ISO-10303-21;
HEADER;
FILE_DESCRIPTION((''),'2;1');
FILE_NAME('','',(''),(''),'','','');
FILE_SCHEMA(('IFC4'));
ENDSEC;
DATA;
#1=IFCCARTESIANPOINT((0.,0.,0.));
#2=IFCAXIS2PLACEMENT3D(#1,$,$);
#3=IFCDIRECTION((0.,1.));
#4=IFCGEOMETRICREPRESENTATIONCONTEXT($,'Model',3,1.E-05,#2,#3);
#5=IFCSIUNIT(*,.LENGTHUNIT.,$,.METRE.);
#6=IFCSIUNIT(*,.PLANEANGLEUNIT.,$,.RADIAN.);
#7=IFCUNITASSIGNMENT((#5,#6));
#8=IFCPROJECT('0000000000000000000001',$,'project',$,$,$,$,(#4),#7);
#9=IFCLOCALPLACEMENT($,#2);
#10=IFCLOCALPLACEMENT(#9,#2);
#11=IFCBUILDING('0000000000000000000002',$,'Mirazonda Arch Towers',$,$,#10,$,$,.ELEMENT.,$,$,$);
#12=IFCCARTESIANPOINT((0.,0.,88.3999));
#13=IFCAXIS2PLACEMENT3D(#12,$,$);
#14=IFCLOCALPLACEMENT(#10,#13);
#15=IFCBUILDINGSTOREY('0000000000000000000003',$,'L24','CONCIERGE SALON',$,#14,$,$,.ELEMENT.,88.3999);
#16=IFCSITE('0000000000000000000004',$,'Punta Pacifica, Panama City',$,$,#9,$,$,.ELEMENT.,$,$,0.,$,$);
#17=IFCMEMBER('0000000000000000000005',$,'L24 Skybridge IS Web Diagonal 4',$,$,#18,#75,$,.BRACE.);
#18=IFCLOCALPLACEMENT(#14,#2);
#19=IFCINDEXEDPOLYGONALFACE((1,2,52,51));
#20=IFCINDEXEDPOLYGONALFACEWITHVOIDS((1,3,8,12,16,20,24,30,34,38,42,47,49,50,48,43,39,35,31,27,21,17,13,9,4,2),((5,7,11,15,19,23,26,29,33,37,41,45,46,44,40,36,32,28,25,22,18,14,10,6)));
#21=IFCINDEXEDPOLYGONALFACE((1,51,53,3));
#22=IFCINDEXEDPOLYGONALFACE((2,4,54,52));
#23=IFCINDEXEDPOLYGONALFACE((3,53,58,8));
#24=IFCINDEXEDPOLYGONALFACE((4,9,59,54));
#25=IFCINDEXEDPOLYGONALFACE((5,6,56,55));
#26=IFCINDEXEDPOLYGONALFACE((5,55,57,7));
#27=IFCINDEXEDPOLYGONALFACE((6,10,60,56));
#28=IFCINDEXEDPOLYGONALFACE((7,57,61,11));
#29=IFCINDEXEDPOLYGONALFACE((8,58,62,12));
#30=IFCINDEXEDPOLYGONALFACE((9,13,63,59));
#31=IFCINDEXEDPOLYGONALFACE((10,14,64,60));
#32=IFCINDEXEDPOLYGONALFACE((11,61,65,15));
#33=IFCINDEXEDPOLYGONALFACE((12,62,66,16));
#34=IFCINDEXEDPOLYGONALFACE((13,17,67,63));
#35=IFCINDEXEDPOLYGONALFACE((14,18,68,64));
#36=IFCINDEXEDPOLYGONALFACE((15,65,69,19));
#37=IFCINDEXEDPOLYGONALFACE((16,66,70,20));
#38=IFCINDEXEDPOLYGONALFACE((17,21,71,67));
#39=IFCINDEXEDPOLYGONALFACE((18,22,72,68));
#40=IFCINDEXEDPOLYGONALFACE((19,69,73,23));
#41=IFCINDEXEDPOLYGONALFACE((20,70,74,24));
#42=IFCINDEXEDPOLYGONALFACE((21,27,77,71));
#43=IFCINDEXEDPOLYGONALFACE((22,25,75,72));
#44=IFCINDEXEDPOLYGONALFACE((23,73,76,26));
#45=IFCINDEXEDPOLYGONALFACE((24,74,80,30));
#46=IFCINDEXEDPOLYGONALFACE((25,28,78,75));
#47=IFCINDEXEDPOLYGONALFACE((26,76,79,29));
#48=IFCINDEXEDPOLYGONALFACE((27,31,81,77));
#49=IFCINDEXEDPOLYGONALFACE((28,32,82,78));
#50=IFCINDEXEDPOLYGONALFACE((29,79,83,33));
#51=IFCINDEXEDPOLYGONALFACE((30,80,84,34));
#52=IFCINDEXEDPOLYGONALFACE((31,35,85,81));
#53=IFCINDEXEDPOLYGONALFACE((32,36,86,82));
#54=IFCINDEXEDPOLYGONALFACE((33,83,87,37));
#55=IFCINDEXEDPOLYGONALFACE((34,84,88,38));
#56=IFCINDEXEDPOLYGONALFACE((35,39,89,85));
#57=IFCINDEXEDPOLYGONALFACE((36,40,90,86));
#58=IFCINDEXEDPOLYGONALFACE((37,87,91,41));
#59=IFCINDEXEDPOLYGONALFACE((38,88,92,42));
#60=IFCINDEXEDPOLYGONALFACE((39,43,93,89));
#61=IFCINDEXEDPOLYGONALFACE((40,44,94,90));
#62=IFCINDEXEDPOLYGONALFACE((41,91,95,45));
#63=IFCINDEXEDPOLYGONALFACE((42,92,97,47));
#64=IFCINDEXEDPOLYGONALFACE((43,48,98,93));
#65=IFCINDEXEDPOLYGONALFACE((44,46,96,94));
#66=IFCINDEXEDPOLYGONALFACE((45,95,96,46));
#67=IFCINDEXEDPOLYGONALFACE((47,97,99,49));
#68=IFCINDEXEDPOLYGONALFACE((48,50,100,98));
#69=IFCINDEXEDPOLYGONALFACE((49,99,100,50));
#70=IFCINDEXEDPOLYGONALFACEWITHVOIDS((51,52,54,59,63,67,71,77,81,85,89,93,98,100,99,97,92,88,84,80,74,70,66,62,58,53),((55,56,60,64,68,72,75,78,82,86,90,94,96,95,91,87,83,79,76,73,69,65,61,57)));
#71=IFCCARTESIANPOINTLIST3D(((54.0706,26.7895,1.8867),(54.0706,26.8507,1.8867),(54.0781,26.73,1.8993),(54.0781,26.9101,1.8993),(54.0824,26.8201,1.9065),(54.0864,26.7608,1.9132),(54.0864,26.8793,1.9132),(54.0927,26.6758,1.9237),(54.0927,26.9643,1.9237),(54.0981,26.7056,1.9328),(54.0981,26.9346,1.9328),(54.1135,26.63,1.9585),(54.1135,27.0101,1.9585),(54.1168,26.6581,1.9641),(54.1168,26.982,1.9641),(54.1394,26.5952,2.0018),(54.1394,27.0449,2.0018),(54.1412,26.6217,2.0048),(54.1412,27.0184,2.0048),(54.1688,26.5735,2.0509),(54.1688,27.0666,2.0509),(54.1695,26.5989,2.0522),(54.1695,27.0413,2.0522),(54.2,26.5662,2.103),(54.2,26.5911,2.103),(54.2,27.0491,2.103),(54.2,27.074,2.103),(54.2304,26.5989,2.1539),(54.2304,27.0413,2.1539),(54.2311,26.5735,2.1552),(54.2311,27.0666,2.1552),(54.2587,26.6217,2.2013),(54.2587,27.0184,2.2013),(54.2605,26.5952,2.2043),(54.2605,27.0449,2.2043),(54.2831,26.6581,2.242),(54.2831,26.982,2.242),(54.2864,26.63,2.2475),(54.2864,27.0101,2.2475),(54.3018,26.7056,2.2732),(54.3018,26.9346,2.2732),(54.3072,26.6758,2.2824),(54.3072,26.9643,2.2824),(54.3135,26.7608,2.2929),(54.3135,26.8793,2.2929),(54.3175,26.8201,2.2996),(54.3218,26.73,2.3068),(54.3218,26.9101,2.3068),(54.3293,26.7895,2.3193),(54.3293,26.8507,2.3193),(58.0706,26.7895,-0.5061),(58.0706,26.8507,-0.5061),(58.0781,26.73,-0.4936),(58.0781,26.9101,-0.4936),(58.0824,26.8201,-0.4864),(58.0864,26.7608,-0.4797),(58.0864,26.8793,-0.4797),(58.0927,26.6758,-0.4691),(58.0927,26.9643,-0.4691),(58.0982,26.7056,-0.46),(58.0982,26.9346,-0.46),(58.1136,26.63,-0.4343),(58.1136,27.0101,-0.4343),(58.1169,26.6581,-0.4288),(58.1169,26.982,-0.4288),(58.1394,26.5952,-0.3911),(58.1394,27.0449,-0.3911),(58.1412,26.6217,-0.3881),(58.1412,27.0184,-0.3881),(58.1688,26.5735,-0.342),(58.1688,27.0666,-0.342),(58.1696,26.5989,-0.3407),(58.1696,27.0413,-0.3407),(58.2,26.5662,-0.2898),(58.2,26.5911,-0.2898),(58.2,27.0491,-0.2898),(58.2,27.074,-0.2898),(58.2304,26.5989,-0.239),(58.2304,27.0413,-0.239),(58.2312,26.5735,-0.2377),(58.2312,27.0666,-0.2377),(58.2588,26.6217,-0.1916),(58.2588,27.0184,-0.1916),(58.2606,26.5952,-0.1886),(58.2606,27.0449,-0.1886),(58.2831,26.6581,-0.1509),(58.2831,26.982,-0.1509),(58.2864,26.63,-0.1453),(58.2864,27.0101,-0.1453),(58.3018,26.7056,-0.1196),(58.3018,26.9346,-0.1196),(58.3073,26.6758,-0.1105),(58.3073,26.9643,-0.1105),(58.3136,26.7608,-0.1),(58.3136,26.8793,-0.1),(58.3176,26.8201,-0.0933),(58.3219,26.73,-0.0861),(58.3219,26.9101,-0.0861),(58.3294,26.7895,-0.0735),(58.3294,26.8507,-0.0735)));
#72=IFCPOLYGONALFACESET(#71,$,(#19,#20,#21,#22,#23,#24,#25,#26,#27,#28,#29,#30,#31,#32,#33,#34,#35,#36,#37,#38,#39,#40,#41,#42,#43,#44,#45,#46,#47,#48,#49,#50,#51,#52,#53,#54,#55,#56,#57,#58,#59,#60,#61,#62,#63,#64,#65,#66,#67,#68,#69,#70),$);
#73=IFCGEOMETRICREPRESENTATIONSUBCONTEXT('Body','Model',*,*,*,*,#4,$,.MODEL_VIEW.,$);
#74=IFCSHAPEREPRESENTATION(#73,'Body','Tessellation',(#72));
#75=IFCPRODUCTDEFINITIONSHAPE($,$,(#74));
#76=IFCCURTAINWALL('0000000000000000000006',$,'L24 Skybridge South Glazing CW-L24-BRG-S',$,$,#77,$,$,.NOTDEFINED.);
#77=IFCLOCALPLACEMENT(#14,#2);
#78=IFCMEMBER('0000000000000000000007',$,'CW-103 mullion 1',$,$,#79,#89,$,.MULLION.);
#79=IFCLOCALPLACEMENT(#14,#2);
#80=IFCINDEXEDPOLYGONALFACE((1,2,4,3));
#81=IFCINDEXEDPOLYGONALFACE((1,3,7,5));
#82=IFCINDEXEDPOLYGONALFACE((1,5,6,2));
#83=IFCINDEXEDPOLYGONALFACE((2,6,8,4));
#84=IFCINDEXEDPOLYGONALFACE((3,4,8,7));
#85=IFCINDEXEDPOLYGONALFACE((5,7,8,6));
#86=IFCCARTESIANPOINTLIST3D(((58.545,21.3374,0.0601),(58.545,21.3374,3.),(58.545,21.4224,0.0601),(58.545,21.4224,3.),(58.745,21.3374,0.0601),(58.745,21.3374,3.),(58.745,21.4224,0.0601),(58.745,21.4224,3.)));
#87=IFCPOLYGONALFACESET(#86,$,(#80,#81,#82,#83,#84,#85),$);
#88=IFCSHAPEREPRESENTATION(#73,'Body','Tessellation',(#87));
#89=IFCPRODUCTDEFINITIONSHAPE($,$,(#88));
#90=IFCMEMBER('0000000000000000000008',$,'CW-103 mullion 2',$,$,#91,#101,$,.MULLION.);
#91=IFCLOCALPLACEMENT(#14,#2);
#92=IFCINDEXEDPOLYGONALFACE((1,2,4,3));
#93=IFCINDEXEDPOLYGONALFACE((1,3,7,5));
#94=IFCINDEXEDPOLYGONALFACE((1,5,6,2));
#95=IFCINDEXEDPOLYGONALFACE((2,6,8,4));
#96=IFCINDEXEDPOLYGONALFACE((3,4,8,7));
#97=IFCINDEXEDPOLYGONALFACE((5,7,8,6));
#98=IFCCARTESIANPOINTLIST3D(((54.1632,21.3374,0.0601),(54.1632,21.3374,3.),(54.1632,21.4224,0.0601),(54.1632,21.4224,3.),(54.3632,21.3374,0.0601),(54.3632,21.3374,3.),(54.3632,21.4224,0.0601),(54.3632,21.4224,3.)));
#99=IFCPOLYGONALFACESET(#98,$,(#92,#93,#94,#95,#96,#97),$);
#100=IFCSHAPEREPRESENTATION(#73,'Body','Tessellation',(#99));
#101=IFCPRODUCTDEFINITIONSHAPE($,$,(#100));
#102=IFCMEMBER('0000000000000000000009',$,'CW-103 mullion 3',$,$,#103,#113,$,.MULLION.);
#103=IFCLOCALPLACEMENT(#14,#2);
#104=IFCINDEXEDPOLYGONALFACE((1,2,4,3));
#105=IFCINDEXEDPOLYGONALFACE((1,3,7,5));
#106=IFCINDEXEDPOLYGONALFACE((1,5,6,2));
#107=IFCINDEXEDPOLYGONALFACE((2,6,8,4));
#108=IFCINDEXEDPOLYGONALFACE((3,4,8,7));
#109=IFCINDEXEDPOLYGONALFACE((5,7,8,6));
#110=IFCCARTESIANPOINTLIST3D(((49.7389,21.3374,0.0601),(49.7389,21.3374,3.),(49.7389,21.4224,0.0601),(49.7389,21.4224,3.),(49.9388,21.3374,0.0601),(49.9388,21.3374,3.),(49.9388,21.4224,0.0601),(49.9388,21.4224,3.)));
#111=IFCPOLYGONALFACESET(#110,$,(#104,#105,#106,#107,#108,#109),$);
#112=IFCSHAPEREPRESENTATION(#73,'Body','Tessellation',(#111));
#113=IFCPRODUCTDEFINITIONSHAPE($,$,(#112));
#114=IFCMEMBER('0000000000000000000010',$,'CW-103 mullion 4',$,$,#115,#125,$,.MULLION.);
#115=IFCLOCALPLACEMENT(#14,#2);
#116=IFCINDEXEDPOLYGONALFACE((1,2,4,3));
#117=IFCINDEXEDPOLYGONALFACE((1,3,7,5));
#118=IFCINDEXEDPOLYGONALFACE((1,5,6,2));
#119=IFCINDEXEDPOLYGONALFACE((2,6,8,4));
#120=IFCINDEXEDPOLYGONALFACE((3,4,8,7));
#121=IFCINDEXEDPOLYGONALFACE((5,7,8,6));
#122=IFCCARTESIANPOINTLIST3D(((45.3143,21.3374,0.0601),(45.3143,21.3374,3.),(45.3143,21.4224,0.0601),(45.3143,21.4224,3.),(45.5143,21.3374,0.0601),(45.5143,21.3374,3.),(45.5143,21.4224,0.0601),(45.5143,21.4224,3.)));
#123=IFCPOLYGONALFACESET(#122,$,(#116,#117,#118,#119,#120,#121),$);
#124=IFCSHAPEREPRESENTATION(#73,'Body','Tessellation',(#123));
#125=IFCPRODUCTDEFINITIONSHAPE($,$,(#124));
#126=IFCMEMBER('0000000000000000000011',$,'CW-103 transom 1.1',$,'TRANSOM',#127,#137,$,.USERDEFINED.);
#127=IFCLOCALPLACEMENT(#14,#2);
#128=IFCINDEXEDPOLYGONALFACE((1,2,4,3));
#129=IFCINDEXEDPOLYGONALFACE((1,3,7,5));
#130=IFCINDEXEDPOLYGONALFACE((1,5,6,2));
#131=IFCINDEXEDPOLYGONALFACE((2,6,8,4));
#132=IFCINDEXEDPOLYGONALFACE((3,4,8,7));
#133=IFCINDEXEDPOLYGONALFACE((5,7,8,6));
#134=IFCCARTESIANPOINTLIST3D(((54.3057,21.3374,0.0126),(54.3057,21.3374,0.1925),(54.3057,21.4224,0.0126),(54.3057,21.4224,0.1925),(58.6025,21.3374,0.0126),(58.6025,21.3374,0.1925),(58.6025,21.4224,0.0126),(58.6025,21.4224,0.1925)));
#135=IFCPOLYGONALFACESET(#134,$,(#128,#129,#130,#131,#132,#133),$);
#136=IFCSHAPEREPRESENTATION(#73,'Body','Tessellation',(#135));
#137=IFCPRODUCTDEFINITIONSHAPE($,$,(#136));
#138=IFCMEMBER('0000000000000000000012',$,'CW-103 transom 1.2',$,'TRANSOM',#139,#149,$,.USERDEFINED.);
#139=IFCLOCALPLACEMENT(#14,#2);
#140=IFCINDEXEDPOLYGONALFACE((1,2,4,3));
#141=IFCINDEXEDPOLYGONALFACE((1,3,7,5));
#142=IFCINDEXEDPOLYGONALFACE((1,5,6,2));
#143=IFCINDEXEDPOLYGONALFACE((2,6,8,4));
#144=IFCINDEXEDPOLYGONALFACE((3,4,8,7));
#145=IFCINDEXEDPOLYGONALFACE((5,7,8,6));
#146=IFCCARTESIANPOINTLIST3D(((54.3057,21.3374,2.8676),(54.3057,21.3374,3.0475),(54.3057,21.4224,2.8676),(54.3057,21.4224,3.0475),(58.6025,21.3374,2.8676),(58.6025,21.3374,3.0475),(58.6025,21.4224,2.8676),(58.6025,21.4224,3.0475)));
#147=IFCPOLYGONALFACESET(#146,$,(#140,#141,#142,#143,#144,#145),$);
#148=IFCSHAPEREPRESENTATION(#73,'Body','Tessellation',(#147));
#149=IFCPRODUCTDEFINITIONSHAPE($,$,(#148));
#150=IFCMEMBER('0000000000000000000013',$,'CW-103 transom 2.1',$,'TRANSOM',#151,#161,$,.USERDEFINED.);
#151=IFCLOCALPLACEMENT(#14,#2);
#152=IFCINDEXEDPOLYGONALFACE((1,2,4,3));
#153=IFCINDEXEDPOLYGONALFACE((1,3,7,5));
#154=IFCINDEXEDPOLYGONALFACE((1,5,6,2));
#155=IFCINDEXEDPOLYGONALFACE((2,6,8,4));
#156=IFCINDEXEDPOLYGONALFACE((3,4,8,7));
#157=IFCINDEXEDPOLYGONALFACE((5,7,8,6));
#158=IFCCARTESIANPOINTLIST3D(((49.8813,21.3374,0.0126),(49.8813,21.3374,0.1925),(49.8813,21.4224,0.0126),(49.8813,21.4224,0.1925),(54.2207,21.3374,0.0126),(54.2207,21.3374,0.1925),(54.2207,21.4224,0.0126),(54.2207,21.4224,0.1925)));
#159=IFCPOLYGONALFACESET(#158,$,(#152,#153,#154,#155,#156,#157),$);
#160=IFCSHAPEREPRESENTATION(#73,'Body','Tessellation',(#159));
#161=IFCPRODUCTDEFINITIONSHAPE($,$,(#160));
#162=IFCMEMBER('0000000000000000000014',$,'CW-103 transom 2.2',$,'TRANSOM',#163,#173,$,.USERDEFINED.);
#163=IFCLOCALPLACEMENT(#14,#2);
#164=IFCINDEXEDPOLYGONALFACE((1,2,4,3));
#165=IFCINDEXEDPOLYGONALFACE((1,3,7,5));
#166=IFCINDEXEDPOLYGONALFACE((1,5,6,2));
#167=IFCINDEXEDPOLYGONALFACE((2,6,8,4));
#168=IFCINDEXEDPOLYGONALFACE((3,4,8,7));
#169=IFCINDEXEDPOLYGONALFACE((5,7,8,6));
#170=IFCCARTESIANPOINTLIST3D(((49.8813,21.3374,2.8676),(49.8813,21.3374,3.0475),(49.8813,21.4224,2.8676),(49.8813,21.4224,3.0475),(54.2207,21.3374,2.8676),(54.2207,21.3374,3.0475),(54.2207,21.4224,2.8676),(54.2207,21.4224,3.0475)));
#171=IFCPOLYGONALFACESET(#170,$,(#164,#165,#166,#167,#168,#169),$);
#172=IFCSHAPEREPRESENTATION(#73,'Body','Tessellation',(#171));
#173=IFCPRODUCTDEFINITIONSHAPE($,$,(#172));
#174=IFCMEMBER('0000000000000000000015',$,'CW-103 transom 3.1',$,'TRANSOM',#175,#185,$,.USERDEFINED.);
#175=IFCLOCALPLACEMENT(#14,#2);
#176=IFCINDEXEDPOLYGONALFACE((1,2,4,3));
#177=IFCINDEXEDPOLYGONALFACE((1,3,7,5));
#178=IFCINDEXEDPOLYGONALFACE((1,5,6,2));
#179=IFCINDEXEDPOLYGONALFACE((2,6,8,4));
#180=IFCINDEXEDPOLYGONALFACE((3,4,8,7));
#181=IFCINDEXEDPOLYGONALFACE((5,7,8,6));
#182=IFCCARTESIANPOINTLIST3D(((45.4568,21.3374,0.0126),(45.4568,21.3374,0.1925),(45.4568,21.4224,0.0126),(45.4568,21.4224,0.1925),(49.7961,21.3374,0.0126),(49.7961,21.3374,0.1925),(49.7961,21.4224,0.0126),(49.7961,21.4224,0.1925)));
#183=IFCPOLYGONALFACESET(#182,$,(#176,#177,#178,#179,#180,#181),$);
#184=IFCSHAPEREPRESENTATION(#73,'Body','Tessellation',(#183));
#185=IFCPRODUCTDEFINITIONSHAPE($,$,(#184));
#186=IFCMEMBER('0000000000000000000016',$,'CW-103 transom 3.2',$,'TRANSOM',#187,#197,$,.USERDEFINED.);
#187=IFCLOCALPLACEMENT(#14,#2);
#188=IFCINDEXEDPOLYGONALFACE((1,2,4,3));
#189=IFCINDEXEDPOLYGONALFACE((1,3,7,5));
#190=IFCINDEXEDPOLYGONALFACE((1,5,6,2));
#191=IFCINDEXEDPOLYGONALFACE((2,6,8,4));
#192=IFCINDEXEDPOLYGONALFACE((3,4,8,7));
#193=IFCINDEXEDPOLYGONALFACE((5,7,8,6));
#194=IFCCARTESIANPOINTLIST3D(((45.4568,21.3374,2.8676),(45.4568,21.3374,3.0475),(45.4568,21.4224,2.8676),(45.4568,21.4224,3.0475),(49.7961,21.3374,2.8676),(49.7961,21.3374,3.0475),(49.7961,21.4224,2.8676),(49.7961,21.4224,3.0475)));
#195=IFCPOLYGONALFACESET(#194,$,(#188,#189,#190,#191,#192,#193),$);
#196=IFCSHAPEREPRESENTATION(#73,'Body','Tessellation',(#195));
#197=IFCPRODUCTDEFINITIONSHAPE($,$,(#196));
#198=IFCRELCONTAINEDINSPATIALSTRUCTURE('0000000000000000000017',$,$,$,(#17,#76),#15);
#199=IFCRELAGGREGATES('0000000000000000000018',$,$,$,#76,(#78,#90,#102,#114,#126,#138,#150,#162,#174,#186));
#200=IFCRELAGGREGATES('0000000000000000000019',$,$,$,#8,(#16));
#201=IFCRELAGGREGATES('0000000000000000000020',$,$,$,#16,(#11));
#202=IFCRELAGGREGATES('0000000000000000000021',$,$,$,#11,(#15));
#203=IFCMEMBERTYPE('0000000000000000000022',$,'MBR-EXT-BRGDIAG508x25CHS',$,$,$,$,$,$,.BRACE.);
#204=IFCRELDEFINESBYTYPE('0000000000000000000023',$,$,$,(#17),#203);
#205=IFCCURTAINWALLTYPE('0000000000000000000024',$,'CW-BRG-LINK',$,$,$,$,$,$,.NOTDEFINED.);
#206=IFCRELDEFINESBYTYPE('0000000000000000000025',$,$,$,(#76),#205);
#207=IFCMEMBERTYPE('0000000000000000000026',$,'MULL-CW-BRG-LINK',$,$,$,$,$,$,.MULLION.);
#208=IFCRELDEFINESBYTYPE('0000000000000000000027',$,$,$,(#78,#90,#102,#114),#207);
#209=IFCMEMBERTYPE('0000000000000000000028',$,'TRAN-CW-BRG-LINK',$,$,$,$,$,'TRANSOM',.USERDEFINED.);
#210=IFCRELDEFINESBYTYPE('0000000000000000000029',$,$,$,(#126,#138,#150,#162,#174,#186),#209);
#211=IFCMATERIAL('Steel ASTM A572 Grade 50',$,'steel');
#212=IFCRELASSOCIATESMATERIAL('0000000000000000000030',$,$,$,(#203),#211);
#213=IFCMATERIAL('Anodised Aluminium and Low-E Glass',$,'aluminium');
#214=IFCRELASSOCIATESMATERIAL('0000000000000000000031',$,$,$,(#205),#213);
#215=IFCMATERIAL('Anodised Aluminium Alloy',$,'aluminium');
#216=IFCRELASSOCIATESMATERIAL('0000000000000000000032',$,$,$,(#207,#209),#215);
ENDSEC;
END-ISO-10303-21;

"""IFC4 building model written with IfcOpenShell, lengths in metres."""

from ifc_helpers import new_model, si_unit, direction, frame, origin, origin_2d, place, context, subcontext, project, spatial, rectangle, hollow_circle, extrude, material, material_profile, profile_set, type_object, element, aggregate, save


model = new_model("IFC4")

# Units and contexts
model_context = context("Model", 3, precision=1e-05, world=origin(), true_north=direction((0.0, 1.0)))
body_context = subcontext(model_context, "Body", "Model", "MODEL_VIEW")
ifc_project = project(units=[si_unit("LENGTHUNIT", "METRE"), si_unit("PLANEANGLEUNIT", "RADIAN")], contexts=[model_context])

# Site, building, storey
site_placement = place(None, origin())
site = spatial("IfcSite", under=ifc_project, at=site_placement, Name="Punta Pacifica, Panama City", CompositionType="ELEMENT", RefElevation=0.0)
building_placement = place(site_placement, origin())
building = spatial("IfcBuilding", under=site, at=building_placement, Name="Mirazonda Arch Towers", CompositionType="ELEMENT")
storey_placement = place(building_placement, frame((0.0, 0.0, 88.3999)))
storey = spatial("IfcBuildingStorey", under=building, at=storey_placement, Name="L24", Description="CONCIERGE SALON", CompositionType="ELEMENT", Elevation=88.3999)

# Member
ifc_material_1 = material(Name="Steel ASTM A572 Grade 50", Category="steel")
ifc_material_profile_1 = material_profile(ifc_material_1, hollow_circle(Radius=0.2539, WallThickness=0.0249, at=origin_2d()), Name="BRGDIAG508x25CHS")
ifc_profile_set_1 = profile_set([ifc_material_profile_1], Name="Steel ASTM A572 Grade 50")
member_type_1 = type_object("IfcMemberType", Name="MBR-EXT-BRGDIAG508x25CHS", PredefinedType="BRACE", material=ifc_profile_set_1)
for number, where, z_axis, x_axis, name in (
    (1, (54.2, 26.8201, 2.103), (0.858172, 0.0, -0.513363), (0.0, 1.0, 0.0), "L24 Skybridge IS Web Diagonal 4"),
):
    element("IfcMember", number, at=place(storey_placement, frame(where, z_axis=z_axis, x_axis=x_axis)), inside=storey, type_object=member_type_1, Name=name, PredefinedType="BRACE", context=body_context, shape_type="SweptSolid", body=[
        extrude(hollow_circle(Radius=0.2539, WallThickness=0.0249, at=origin_2d()), origin(), (0.0, 0.0, 1.0), 4.6611),
    ])

# Curtain wall, members
ifc_material_2 = material(Name="Anodised Aluminium and Low-E Glass", Category="aluminium")
curtain_wall_type = type_object("IfcCurtainWallType", Name="CW-BRG-LINK", PredefinedType="NOTDEFINED", material=ifc_material_2)
curtain_wall_placement = place(storey_placement, origin())
curtain_wall = element("IfcCurtainWall", 2, at=curtain_wall_placement, inside=storey, type_object=curtain_wall_type, Name="L24 Skybridge South Glazing CW-L24-BRG-S", PredefinedType="NOTDEFINED")
ifc_material_3 = material(Name="Anodised Aluminium Alloy", Category="aluminium")
ifc_material_profile_2 = material_profile(ifc_material_3, rectangle(XDim=0.085, YDim=0.2, at=origin_2d()), Name="ALU-MULL-85x200")
ifc_profile_set_2 = profile_set([ifc_material_profile_2], Name="Anodised Aluminium Alloy")
member_type_2 = type_object("IfcMemberType", Name="MULL-CW-BRG-LINK", PredefinedType="MULLION", material=ifc_profile_set_2)
member_1_placement = place(storey_placement, frame((58.645, 21.3799, 0.0601), z_axis=(0.0, 0.0, 1.0), x_axis=(0.0, -1.0, 0.0)))
member_1 = element("IfcMember", 3, at=member_1_placement, type_object=member_type_2, Name="CW-103 mullion 1", PredefinedType="MULLION", context=body_context, shape_type="SweptSolid", body=[
    extrude(rectangle(XDim=0.085, YDim=0.2, at=origin_2d()), origin(), (0.0, 0.0, 1.0), 2.9399),
])
member_2_placement = place(storey_placement, frame((54.2632, 21.3799, 0.0601), z_axis=(0.0, 0.0, 1.0), x_axis=(0.0, -1.0, 0.0)))
member_2 = element("IfcMember", 4, at=member_2_placement, type_object=member_type_2, Name="CW-103 mullion 2", PredefinedType="MULLION", context=body_context, shape_type="SweptSolid", body=[
    extrude(rectangle(XDim=0.085, YDim=0.2, at=origin_2d()), origin(), (0.0, 0.0, 1.0), 2.9399),
])
member_3_placement = place(storey_placement, frame((49.8389, 21.3799, 0.0601), z_axis=(0.0, 0.0, 1.0), x_axis=(0.0, -1.0, 0.0)))
member_3 = element("IfcMember", 5, at=member_3_placement, type_object=member_type_2, Name="CW-103 mullion 3", PredefinedType="MULLION", context=body_context, shape_type="SweptSolid", body=[
    extrude(rectangle(XDim=0.085, YDim=0.2, at=origin_2d()), origin(), (0.0, 0.0, 1.0), 2.9399),
])
member_4_placement = place(storey_placement, frame((45.4143, 21.3799, 0.0601), z_axis=(0.0, 0.0, 1.0), x_axis=(0.0, -1.0, 0.0)))
member_4 = element("IfcMember", 6, at=member_4_placement, type_object=member_type_2, Name="CW-103 mullion 4", PredefinedType="MULLION", context=body_context, shape_type="SweptSolid", body=[
    extrude(rectangle(XDim=0.085, YDim=0.2, at=origin_2d()), origin(), (0.0, 0.0, 1.0), 2.9399),
])
ifc_material_profile_3 = material_profile(ifc_material_3, rectangle(XDim=0.085, YDim=0.1799, at=origin_2d()), Name="ALU-TRAN-85x180")
ifc_profile_set_3 = profile_set([ifc_material_profile_3], Name="Anodised Aluminium Alloy")
member_type_3 = type_object("IfcMemberType", Name="TRAN-CW-BRG-LINK", ElementType="TRANSOM", PredefinedType="USERDEFINED", material=ifc_profile_set_3)
member_5_placement = place(storey_placement, frame((58.6025, 21.3799, 0.1025), z_axis=(-1.0, 0.0, 0.0), x_axis=(0.0, -1.0, 0.0)))
member_5 = element("IfcMember", 7, at=member_5_placement, type_object=member_type_3, Name="CW-103 transom 1.1", ObjectType="TRANSOM", PredefinedType="USERDEFINED", context=body_context, shape_type="SweptSolid", body=[
    extrude(rectangle(XDim=0.085, YDim=0.1799, at=origin_2d()), origin(), (0.0, 0.0, 1.0), 4.2969),
])
member_6_placement = place(storey_placement, frame((58.6025, 21.3799, 2.9575), z_axis=(-1.0, 0.0, 0.0), x_axis=(0.0, -1.0, 0.0)))
member_6 = element("IfcMember", 8, at=member_6_placement, type_object=member_type_3, Name="CW-103 transom 1.2", ObjectType="TRANSOM", PredefinedType="USERDEFINED", context=body_context, shape_type="SweptSolid", body=[
    extrude(rectangle(XDim=0.085, YDim=0.1799, at=origin_2d()), origin(), (0.0, 0.0, 1.0), 4.2969),
])
member_7_placement = place(storey_placement, frame((54.2207, 21.3799, 0.1025), z_axis=(-1.0, 0.0, 0.0), x_axis=(0.0, -1.0, 0.0)))
member_7 = element("IfcMember", 9, at=member_7_placement, type_object=member_type_3, Name="CW-103 transom 2.1", ObjectType="TRANSOM", PredefinedType="USERDEFINED", context=body_context, shape_type="SweptSolid", body=[
    extrude(rectangle(XDim=0.085, YDim=0.1799, at=origin_2d()), origin(), (0.0, 0.0, 1.0), 4.3394),
])
member_8_placement = place(storey_placement, frame((54.2207, 21.3799, 2.9575), z_axis=(-1.0, 0.0, 0.0), x_axis=(0.0, -1.0, 0.0)))
member_8 = element("IfcMember", 10, at=member_8_placement, type_object=member_type_3, Name="CW-103 transom 2.2", ObjectType="TRANSOM", PredefinedType="USERDEFINED", context=body_context, shape_type="SweptSolid", body=[
    extrude(rectangle(XDim=0.085, YDim=0.1799, at=origin_2d()), origin(), (0.0, 0.0, 1.0), 4.3394),
])
member_9_placement = place(storey_placement, frame((49.7961, 21.3799, 0.1025), z_axis=(-1.0, 0.0, 0.0), x_axis=(0.0, -1.0, 0.0)))
member_9 = element("IfcMember", 11, at=member_9_placement, type_object=member_type_3, Name="CW-103 transom 3.1", ObjectType="TRANSOM", PredefinedType="USERDEFINED", context=body_context, shape_type="SweptSolid", body=[
    extrude(rectangle(XDim=0.085, YDim=0.1799, at=origin_2d()), origin(), (0.0, 0.0, 1.0), 4.3394),
])
member_10_placement = place(storey_placement, frame((49.7961, 21.3799, 2.9575), z_axis=(-1.0, 0.0, 0.0), x_axis=(0.0, -1.0, 0.0)))
member_10 = element("IfcMember", 12, at=member_10_placement, type_object=member_type_3, Name="CW-103 transom 3.2", ObjectType="TRANSOM", PredefinedType="USERDEFINED", context=body_context, shape_type="SweptSolid", body=[
    extrude(rectangle(XDim=0.085, YDim=0.1799, at=origin_2d()), origin(), (0.0, 0.0, 1.0), 4.3394),
])
aggregate(curtain_wall, [member_1, member_2, member_3, member_4, member_5, member_6, member_7, member_8, member_9, member_10])

save(model, "model.ifc")
